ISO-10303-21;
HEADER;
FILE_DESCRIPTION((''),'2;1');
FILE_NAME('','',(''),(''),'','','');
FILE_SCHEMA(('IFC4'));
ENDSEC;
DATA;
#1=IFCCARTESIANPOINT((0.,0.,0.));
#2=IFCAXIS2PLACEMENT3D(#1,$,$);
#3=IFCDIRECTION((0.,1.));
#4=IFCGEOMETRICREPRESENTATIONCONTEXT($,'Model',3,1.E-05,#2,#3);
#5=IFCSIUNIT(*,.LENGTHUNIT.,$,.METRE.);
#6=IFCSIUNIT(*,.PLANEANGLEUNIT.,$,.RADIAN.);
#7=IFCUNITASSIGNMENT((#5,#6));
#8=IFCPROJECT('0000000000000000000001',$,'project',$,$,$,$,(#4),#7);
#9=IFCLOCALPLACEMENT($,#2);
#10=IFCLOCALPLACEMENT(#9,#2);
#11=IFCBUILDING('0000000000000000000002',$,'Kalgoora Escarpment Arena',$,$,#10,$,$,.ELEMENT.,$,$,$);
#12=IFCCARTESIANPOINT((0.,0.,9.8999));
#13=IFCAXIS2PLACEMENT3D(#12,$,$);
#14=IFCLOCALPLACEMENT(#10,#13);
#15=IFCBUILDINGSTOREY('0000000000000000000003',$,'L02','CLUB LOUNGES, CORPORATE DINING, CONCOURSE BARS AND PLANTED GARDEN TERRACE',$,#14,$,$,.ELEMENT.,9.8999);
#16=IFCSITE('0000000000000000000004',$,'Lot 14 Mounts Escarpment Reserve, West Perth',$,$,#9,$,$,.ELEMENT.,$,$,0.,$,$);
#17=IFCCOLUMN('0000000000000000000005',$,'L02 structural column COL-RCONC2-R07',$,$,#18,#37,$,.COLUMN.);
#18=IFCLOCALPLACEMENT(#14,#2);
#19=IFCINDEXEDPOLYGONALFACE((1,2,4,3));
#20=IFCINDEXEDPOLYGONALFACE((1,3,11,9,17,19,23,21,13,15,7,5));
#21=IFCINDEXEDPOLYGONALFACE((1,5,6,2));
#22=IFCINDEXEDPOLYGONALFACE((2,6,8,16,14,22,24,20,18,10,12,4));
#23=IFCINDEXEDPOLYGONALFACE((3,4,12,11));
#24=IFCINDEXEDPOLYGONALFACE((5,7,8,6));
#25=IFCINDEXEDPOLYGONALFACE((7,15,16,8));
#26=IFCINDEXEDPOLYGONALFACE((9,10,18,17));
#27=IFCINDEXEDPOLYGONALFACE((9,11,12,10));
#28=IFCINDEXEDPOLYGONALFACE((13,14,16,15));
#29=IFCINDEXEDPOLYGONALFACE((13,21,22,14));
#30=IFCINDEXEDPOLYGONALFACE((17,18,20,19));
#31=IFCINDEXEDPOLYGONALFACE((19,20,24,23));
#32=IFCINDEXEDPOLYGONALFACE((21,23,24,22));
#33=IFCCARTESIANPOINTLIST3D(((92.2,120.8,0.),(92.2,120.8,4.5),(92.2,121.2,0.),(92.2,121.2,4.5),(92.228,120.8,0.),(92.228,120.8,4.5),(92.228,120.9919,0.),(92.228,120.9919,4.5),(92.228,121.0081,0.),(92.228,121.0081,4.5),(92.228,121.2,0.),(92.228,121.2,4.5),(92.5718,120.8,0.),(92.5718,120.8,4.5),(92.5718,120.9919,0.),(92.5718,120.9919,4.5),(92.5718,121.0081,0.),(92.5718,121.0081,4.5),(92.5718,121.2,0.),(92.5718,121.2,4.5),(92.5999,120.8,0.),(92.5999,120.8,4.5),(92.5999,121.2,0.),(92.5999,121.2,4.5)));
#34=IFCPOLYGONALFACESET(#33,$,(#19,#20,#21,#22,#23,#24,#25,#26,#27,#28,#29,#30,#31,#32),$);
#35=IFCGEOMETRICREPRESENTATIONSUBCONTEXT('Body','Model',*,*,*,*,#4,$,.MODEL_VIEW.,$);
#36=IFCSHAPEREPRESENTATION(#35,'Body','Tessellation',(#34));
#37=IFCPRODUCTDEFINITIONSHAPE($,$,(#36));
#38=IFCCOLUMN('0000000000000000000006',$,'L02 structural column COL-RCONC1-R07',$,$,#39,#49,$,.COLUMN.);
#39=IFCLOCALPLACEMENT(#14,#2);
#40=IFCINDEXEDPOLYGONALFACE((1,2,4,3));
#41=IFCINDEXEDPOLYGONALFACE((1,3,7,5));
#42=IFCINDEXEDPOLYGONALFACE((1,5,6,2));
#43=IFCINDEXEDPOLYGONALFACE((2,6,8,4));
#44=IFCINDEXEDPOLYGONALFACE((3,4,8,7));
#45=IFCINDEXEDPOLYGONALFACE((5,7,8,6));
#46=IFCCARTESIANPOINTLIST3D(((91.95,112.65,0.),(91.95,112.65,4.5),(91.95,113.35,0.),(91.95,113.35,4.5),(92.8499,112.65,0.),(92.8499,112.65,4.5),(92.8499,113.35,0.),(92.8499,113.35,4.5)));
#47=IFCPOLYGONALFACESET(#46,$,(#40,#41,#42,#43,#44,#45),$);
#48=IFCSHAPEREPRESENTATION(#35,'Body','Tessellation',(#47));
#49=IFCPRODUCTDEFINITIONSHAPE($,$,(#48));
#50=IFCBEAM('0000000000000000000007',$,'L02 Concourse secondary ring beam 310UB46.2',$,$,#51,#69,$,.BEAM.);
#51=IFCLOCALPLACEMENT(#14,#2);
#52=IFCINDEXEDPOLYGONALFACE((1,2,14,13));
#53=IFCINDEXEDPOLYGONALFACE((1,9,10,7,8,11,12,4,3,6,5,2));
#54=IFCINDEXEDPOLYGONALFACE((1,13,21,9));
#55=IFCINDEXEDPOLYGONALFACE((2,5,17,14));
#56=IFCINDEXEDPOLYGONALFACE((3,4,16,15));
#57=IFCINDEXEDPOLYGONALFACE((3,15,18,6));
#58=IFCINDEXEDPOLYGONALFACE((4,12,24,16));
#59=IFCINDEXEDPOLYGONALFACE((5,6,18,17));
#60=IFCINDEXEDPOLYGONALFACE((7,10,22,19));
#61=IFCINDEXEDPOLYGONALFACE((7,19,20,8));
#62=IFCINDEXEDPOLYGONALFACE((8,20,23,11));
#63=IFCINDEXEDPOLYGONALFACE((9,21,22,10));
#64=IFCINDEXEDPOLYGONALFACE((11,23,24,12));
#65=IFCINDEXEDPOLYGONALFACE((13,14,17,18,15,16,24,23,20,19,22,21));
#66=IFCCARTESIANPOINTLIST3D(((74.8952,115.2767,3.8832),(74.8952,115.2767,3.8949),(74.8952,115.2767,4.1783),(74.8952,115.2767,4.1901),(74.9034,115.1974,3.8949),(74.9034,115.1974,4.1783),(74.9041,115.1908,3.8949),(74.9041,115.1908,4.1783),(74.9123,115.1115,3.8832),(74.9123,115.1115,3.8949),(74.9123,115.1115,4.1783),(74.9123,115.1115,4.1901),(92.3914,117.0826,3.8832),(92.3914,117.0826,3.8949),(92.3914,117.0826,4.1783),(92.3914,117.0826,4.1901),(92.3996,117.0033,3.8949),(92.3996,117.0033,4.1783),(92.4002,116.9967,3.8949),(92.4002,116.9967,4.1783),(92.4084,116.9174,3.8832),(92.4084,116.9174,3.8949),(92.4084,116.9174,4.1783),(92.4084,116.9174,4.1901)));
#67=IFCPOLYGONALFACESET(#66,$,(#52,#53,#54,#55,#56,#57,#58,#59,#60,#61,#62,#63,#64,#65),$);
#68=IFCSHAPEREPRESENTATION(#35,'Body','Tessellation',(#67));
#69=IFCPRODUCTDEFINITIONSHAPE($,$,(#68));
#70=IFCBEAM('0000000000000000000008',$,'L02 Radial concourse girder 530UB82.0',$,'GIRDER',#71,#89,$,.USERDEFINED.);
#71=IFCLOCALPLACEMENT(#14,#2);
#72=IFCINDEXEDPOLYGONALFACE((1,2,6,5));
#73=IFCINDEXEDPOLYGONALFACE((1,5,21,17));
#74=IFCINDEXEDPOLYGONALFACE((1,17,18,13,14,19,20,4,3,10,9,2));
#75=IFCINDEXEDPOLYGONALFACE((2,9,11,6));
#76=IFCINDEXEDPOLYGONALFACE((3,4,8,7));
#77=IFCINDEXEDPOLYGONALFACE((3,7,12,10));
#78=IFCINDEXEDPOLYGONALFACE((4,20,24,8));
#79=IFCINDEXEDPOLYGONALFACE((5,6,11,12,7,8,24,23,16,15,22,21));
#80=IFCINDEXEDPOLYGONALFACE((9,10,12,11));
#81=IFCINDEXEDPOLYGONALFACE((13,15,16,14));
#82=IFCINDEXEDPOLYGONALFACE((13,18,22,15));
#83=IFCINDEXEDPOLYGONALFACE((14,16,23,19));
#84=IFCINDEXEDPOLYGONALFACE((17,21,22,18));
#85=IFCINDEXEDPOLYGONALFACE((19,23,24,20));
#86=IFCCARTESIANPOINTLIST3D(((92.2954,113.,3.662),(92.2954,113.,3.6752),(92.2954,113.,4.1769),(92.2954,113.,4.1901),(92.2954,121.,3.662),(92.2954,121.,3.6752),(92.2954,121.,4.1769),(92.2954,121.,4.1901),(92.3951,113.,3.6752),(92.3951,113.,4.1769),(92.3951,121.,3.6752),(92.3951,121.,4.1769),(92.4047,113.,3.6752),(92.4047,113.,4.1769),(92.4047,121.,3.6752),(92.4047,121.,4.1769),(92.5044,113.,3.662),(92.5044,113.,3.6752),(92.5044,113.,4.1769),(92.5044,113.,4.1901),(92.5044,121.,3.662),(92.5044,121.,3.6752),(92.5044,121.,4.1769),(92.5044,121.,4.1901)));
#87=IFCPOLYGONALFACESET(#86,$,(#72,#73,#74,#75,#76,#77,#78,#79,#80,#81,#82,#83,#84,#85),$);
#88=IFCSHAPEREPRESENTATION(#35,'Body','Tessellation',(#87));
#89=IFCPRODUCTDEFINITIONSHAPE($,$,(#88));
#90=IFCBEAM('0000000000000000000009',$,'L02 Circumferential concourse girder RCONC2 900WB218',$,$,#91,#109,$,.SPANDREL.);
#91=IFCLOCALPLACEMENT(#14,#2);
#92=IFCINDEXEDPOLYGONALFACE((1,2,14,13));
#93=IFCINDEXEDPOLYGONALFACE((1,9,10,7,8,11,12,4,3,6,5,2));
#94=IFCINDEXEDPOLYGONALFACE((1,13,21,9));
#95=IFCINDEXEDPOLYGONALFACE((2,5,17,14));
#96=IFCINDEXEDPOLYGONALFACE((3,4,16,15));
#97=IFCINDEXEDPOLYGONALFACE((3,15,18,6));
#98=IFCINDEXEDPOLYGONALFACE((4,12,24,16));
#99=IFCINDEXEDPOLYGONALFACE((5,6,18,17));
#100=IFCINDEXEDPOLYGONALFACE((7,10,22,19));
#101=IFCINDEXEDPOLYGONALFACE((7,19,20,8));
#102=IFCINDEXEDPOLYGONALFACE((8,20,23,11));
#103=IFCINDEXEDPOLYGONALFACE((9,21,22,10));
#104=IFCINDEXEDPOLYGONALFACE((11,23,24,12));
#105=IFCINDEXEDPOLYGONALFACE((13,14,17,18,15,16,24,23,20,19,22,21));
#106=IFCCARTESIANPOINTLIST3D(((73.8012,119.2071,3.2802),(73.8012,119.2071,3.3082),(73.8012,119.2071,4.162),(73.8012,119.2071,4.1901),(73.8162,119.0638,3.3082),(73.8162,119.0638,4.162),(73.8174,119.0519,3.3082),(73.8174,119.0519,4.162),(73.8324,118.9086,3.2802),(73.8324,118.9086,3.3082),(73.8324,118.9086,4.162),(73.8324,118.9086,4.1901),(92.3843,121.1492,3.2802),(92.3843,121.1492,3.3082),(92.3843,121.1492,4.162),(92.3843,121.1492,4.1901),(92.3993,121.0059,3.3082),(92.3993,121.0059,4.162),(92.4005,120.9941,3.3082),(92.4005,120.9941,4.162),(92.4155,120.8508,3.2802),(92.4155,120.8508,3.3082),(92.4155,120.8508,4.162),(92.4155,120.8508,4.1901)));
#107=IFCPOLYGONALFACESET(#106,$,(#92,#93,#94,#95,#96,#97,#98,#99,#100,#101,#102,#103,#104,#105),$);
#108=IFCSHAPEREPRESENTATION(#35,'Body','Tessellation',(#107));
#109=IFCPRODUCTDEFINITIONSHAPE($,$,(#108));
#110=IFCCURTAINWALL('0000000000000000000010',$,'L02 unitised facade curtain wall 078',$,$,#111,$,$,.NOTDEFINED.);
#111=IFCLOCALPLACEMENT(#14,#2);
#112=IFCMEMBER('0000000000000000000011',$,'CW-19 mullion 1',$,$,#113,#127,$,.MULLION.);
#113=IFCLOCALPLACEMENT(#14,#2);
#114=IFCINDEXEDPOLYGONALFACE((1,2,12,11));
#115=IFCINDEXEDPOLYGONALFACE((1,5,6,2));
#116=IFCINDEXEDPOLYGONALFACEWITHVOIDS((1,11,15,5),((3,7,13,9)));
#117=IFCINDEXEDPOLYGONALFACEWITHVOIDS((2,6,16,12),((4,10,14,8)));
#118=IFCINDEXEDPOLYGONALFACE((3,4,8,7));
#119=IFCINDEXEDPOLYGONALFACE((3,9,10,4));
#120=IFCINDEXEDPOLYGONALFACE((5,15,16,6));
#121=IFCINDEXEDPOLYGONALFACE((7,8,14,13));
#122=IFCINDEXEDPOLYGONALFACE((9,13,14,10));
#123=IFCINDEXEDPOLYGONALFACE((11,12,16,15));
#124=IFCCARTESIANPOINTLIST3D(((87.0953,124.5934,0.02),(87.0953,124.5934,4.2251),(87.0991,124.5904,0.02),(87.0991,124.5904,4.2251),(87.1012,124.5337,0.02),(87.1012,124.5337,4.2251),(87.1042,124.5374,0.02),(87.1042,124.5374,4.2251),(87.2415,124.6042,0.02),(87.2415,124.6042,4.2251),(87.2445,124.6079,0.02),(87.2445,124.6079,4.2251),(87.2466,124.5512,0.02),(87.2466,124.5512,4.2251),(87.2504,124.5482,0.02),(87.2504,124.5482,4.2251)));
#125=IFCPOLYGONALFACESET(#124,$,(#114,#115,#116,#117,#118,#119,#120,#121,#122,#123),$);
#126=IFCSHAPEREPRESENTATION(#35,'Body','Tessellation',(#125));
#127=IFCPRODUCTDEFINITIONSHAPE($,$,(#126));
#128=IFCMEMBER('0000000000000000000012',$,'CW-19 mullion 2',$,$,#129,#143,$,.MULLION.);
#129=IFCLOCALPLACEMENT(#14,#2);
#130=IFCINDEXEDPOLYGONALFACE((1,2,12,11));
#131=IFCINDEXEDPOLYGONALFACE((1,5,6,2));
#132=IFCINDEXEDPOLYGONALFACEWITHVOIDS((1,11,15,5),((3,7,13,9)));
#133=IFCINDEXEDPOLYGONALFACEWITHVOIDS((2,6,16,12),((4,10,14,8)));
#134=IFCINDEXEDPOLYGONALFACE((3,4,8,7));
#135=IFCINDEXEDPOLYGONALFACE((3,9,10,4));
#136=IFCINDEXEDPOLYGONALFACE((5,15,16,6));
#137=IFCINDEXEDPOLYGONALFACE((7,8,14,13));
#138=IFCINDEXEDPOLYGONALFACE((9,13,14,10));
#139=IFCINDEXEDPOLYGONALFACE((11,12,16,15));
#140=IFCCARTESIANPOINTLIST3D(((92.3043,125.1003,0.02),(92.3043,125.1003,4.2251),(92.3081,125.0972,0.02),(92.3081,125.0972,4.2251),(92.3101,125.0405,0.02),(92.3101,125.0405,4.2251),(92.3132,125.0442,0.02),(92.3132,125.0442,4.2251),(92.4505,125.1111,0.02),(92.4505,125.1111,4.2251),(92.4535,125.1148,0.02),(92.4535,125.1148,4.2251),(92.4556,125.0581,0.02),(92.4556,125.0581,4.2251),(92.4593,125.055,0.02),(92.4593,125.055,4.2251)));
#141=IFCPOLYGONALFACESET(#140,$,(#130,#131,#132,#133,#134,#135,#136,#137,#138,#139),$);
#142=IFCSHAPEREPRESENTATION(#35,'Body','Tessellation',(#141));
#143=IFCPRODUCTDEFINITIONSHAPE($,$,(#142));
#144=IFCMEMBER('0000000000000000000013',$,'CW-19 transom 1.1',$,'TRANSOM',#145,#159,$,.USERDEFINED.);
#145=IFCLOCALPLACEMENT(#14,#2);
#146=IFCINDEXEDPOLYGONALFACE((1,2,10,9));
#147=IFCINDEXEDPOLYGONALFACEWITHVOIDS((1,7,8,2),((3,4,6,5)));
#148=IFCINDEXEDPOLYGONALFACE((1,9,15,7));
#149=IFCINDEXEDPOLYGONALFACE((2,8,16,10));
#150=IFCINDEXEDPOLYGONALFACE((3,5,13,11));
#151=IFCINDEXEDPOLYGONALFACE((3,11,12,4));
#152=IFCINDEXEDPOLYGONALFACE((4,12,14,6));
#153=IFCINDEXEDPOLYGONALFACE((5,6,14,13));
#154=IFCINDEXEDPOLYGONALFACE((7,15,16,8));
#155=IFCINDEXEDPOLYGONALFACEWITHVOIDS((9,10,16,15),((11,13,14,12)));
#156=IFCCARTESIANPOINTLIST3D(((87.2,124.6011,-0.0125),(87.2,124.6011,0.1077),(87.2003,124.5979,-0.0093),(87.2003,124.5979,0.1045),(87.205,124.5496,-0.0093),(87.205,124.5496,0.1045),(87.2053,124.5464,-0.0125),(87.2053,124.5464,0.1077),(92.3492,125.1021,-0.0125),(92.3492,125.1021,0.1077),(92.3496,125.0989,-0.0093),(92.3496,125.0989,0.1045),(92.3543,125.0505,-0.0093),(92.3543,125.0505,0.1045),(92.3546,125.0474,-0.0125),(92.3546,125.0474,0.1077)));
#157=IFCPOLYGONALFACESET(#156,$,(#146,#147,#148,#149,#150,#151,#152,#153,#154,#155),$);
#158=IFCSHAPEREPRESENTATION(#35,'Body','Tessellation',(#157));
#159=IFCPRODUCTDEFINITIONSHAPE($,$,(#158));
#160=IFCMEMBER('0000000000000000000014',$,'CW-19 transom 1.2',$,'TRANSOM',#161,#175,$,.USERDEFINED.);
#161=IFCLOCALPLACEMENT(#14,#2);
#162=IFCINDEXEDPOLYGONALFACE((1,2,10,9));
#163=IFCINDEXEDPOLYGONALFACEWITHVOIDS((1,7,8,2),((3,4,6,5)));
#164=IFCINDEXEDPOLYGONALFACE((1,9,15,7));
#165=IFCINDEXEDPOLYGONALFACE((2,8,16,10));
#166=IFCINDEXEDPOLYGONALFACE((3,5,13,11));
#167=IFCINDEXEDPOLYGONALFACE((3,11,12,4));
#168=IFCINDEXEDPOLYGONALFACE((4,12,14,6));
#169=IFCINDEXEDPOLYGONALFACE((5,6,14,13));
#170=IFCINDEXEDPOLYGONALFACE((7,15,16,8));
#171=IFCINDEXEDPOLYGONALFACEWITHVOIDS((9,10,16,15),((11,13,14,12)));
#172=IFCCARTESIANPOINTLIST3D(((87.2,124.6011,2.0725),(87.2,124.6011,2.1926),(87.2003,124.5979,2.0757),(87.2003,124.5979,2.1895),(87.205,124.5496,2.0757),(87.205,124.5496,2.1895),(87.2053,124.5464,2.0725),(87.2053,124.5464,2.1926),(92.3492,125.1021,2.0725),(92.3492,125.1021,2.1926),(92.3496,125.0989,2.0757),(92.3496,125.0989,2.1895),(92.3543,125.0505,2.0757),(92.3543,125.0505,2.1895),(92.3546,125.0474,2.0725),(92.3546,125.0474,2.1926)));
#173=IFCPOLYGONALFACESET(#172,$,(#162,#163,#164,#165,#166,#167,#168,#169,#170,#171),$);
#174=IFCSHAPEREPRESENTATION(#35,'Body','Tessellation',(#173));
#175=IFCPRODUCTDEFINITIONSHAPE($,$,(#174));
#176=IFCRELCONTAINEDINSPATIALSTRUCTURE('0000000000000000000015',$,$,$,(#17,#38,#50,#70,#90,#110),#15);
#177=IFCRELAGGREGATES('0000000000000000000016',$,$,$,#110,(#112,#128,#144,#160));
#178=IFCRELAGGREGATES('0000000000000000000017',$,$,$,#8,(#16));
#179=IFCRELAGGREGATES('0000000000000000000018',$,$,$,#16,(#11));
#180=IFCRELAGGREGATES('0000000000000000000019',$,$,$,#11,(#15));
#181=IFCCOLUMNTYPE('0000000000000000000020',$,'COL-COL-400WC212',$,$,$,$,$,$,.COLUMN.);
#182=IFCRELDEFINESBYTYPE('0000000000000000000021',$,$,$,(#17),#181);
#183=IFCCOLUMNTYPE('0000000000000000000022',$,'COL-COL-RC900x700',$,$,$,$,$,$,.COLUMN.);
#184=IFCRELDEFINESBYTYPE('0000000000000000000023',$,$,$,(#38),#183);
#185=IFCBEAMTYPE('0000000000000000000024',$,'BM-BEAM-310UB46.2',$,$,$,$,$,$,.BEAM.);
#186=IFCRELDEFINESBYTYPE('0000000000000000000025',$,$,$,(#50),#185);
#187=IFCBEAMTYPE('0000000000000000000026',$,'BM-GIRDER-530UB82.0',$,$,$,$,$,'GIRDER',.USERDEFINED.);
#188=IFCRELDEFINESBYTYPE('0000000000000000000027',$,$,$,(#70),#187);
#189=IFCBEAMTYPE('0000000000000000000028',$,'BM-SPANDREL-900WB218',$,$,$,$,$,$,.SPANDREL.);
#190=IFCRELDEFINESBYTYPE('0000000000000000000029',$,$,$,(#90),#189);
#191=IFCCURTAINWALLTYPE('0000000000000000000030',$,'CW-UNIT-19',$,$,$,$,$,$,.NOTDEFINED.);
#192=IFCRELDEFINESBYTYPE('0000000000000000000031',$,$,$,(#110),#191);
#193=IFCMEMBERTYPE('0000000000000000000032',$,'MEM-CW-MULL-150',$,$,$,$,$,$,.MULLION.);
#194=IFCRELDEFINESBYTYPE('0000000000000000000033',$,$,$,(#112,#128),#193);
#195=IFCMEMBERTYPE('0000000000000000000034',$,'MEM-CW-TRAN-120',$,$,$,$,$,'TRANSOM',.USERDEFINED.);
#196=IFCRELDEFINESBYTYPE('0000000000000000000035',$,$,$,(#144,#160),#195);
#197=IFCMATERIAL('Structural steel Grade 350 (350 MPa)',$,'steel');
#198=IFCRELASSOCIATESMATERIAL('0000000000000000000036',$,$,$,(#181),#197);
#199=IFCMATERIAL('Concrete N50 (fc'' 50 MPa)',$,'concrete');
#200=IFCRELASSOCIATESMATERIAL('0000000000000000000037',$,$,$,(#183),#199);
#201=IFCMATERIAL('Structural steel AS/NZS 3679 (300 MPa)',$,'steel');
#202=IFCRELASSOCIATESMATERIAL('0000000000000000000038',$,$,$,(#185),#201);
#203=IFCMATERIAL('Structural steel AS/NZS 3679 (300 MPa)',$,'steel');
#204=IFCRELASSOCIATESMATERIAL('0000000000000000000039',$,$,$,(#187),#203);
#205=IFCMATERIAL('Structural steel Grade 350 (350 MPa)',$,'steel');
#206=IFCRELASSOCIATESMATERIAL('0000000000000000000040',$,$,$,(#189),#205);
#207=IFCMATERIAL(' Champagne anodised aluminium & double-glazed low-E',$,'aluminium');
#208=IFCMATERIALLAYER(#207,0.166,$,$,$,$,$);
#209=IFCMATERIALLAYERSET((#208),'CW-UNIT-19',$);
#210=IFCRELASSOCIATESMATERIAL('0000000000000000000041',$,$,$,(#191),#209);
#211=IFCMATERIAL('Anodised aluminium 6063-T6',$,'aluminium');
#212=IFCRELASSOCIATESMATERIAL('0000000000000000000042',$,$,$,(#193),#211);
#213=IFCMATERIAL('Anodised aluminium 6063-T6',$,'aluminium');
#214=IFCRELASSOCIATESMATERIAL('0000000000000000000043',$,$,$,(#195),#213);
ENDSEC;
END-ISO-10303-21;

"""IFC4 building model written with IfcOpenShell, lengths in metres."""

from ifc_helpers import new_model, si_unit, direction, frame, origin, origin_2d, place, context, subcontext, project, spatial, rectangle, hollow_rectangle, i_section, extrude, material, layer, layer_set, material_profile, profile_set, type_object, element, aggregate, save


model = new_model("IFC4")

# Units and contexts
model_context = context("Model", 3, precision=1e-05, world=origin(), true_north=direction((0.0, 1.0)))
body_context = subcontext(model_context, "Body", "Model", "MODEL_VIEW")
ifc_project = project(units=[si_unit("LENGTHUNIT", "METRE"), si_unit("PLANEANGLEUNIT", "RADIAN")], contexts=[model_context])

# Site, building, storey
site_placement = place(None, origin())
site = spatial("IfcSite", under=ifc_project, at=site_placement, Name="Lot 14 Mounts Escarpment Reserve, West Perth", CompositionType="ELEMENT", RefElevation=0.0)
building_placement = place(site_placement, origin())
building = spatial("IfcBuilding", under=site, at=building_placement, Name="Kalgoora Escarpment Arena", CompositionType="ELEMENT")
storey_placement = place(building_placement, frame((0.0, 0.0, 9.8999)))
storey = spatial("IfcBuildingStorey", under=building, at=storey_placement, Name="L02", Description="CLUB LOUNGES, CORPORATE DINING, CONCOURSE BARS AND PLANTED GARDEN TERRACE", CompositionType="ELEMENT", Elevation=9.8999)

# Columns
ifc_material_1 = material(Name="Structural steel Grade 350 (350 MPa)", Category="steel")
ifc_material_profile_1 = material_profile(ifc_material_1, i_section(OverallWidth=0.3999, OverallDepth=0.3999, WebThickness=0.0161, FlangeThickness=0.0281, at=origin_2d()))
ifc_profile_set_1 = profile_set([ifc_material_profile_1], Name="Structural steel Grade 350 (350 MPa)")
column_type_1 = type_object("IfcColumnType", Name="COL-COL-400WC212", PredefinedType="COLUMN", material=ifc_profile_set_1)
column_1_placement = place(storey_placement, frame((92.3999, 121.0, 0.0), z_axis=(0.0, 0.0, 1.0), x_axis=(0.0, 1.0, 0.0)))
element("IfcColumn", 1, at=column_1_placement, inside=storey, type_object=column_type_1, Name="L02 structural column COL-RCONC2-R07", PredefinedType="COLUMN", context=body_context, shape_type="SweptSolid", body=[
    extrude(i_section(OverallWidth=0.3999, OverallDepth=0.3999, WebThickness=0.0161, FlangeThickness=0.0281, at=origin_2d()), origin(), (0.0, 0.0, 1.0), 4.5),
])
ifc_material_2 = material(Name="Concrete N50 (fc' 50 MPa)", Category="concrete")
ifc_material_profile_2 = material_profile(ifc_material_2, rectangle(XDim=0.7, YDim=0.8999, at=origin_2d()))
ifc_profile_set_2 = profile_set([ifc_material_profile_2], Name="Concrete N50 (fc' 50 MPa)")
column_type_2 = type_object("IfcColumnType", Name="COL-COL-RC900x700", PredefinedType="COLUMN", material=ifc_profile_set_2)
column_2_placement = place(storey_placement, frame((92.3999, 113.0, 0.0), z_axis=(0.0, 0.0, 1.0), x_axis=(0.0, 1.0, 0.0)))
element("IfcColumn", 2, at=column_2_placement, inside=storey, type_object=column_type_2, Name="L02 structural column COL-RCONC1-R07", PredefinedType="COLUMN", context=body_context, shape_type="SweptSolid", body=[
    extrude(rectangle(XDim=0.7, YDim=0.8999, at=origin_2d()), origin(), (0.0, 0.0, 1.0), 4.5),
])

# Beams
ifc_material_3 = material(Name="Structural steel AS/NZS 3679 (300 MPa)", Category="steel")
ifc_material_profile_3 = material_profile(ifc_material_3, i_section(OverallWidth=0.166, OverallDepth=0.3069, WebThickness=0.0066, FlangeThickness=0.0117, at=origin_2d()))
ifc_profile_set_3 = profile_set([ifc_material_profile_3], Name="Structural steel AS/NZS 3679 (300 MPa)")
beam_type_1 = type_object("IfcBeamType", Name="BM-BEAM-310UB46.2", PredefinedType="BEAM", material=ifc_profile_set_3)
beam_1_placement = place(storey_placement, frame((92.3999, 117.0, 4.0366), z_axis=(-0.994715, -0.102672, 0.0), x_axis=(0.102672, -0.994715, 0.0)))
element("IfcBeam", 3, at=beam_1_placement, inside=storey, type_object=beam_type_1, Name="L02 Concourse secondary ring beam 310UB46.2", PredefinedType="BEAM", context=body_context, shape_type="SweptSolid", body=[
    extrude(i_section(OverallWidth=0.166, OverallDepth=0.3069, WebThickness=0.0066, FlangeThickness=0.0117, at=origin_2d()), origin(), (0.0, 0.0, 1.0), 17.5891),
])
ifc_material_4 = material(Name="Structural steel AS/NZS 3679 (300 MPa)", Category="steel")
ifc_material_profile_4 = material_profile(ifc_material_4, i_section(OverallWidth=0.209, OverallDepth=0.5281, WebThickness=0.0095, FlangeThickness=0.0132, at=origin_2d()))
ifc_profile_set_4 = profile_set([ifc_material_profile_4], Name="Structural steel AS/NZS 3679 (300 MPa)")
beam_type_2 = type_object("IfcBeamType", Name="BM-GIRDER-530UB82.0", ElementType="GIRDER", PredefinedType="USERDEFINED", material=ifc_profile_set_4)
beam_2_placement = place(storey_placement, frame((92.3999, 113.0, 3.926), z_axis=(0.0, 1.0, 0.0), x_axis=(-1.0, 0.0, 0.0)))
element("IfcBeam", 4, at=beam_2_placement, inside=storey, type_object=beam_type_2, Name="L02 Radial concourse girder 530UB82.0", ObjectType="GIRDER", PredefinedType="USERDEFINED", context=body_context, shape_type="SweptSolid", body=[
    extrude(i_section(OverallWidth=0.209, OverallDepth=0.5281, WebThickness=0.0095, FlangeThickness=0.0132, at=origin_2d()), origin(), (0.0, 0.0, 1.0), 8.0),
])
ifc_material_5 = material(Name="Structural steel Grade 350 (350 MPa)", Category="steel")
ifc_material_profile_5 = material_profile(ifc_material_5, i_section(OverallWidth=0.3, OverallDepth=0.9099, WebThickness=0.012, FlangeThickness=0.0281, at=origin_2d()))
ifc_profile_set_5 = profile_set([ifc_material_profile_5], Name="Structural steel Grade 350 (350 MPa)")
beam_type_3 = type_object("IfcBeamType", Name="BM-SPANDREL-900WB218", PredefinedType="SPANDREL", material=ifc_profile_set_5)
beam_3_placement = place(storey_placement, frame((92.3999, 121.0, 3.7351), z_axis=(-0.994583, -0.103945, 0.0), x_axis=(0.103945, -0.994583, 0.0)))
element("IfcBeam", 5, at=beam_3_placement, inside=storey, type_object=beam_type_3, Name="L02 Circumferential concourse girder RCONC2 900WB218", PredefinedType="SPANDREL", context=body_context, shape_type="SweptSolid", body=[
    extrude(i_section(OverallWidth=0.3, OverallDepth=0.9099, WebThickness=0.012, FlangeThickness=0.0281, at=origin_2d()), origin(), (0.0, 0.0, 1.0), 18.6843),
])

# Curtain wall, members
ifc_material_6 = material(Name=" Champagne anodised aluminium & double-glazed low-E", Category="aluminium")
ifc_layer_1 = layer(ifc_material_6, 0.166)
ifc_layer_set_1 = layer_set([ifc_layer_1], Name="CW-UNIT-19")
curtain_wall_type = type_object("IfcCurtainWallType", Name="CW-UNIT-19", PredefinedType="NOTDEFINED", material=ifc_layer_set_1)
curtain_wall_placement = place(storey_placement, origin())
curtain_wall = element("IfcCurtainWall", 6, at=curtain_wall_placement, inside=storey, type_object=curtain_wall_type, Name="L02 unitised facade curtain wall 078", PredefinedType="NOTDEFINED")
ifc_material_7 = material(Name="Anodised aluminium 6063-T6", Category="aluminium")
ifc_material_profile_6 = material_profile(ifc_material_7, hollow_rectangle(XDim=0.0601, YDim=0.1499, WallThickness=0.0034, at=origin_2d()))
ifc_profile_set_6 = profile_set([ifc_material_profile_6], Name="Anodised aluminium 6063-T6")
member_type_1 = type_object("IfcMemberType", Name="MEM-CW-MULL-150", PredefinedType="MULLION", material=ifc_profile_set_6)
member_1_placement = place(storey_placement, frame((87.1729, 124.5708, 0.02), z_axis=(0.0, 0.0, 1.0), x_axis=(-0.096853, 0.995299, 0.0)))
member_1 = element("IfcMember", 7, at=member_1_placement, type_object=member_type_1, Name="CW-19 mullion 1", PredefinedType="MULLION", context=body_context, shape_type="SweptSolid", body=[
    extrude(hollow_rectangle(XDim=0.0601, YDim=0.1499, WallThickness=0.0034, at=origin_2d()), origin(), (0.0, 0.0, 1.0), 4.2051),
])
member_2_placement = place(storey_placement, frame((92.3818, 125.0776, 0.02), z_axis=(0.0, 0.0, 1.0), x_axis=(-0.096853, 0.995299, 0.0)))
member_2 = element("IfcMember", 8, at=member_2_placement, type_object=member_type_1, Name="CW-19 mullion 2", PredefinedType="MULLION", context=body_context, shape_type="SweptSolid", body=[
    extrude(hollow_rectangle(XDim=0.0601, YDim=0.1499, WallThickness=0.0034, at=origin_2d()), origin(), (0.0, 0.0, 1.0), 4.2051),
])
ifc_material_8 = material(Name="Anodised aluminium 6063-T6", Category="aluminium")
ifc_material_profile_7 = material_profile(ifc_material_8, hollow_rectangle(XDim=0.0549, YDim=0.1201, WallThickness=0.0032, at=origin_2d()))
ifc_profile_set_7 = profile_set([ifc_material_profile_7], Name="Anodised aluminium 6063-T6")
member_type_2 = type_object("IfcMemberType", Name="MEM-CW-TRAN-120", ElementType="TRANSOM", PredefinedType="USERDEFINED", material=ifc_profile_set_7)
member_3_placement = place(storey_placement, frame((87.2026, 124.5737, 0.0476), z_axis=(0.9953, 0.096835, 0.0), x_axis=(-0.096835, 0.9953, 0.0)))
member_3 = element("IfcMember", 9, at=member_3_placement, type_object=member_type_2, Name="CW-19 transom 1.1", ObjectType="TRANSOM", PredefinedType="USERDEFINED", context=body_context, shape_type="SweptSolid", body=[
    extrude(hollow_rectangle(XDim=0.0549, YDim=0.1201, WallThickness=0.0032, at=origin_2d()), origin(), (0.0, 0.0, 1.0), 5.1736),
])
member_4_placement = place(storey_placement, frame((87.2026, 124.5737, 2.1326), z_axis=(0.9953, 0.096835, 0.0), x_axis=(-0.096835, 0.9953, 0.0)))
member_4 = element("IfcMember", 10, at=member_4_placement, type_object=member_type_2, Name="CW-19 transom 1.2", ObjectType="TRANSOM", PredefinedType="USERDEFINED", context=body_context, shape_type="SweptSolid", body=[
    extrude(hollow_rectangle(XDim=0.0549, YDim=0.1201, WallThickness=0.0032, at=origin_2d()), origin(), (0.0, 0.0, 1.0), 5.1736),
])
aggregate(curtain_wall, [member_1, member_2, member_3, member_4])

save(model, "model.ifc")
